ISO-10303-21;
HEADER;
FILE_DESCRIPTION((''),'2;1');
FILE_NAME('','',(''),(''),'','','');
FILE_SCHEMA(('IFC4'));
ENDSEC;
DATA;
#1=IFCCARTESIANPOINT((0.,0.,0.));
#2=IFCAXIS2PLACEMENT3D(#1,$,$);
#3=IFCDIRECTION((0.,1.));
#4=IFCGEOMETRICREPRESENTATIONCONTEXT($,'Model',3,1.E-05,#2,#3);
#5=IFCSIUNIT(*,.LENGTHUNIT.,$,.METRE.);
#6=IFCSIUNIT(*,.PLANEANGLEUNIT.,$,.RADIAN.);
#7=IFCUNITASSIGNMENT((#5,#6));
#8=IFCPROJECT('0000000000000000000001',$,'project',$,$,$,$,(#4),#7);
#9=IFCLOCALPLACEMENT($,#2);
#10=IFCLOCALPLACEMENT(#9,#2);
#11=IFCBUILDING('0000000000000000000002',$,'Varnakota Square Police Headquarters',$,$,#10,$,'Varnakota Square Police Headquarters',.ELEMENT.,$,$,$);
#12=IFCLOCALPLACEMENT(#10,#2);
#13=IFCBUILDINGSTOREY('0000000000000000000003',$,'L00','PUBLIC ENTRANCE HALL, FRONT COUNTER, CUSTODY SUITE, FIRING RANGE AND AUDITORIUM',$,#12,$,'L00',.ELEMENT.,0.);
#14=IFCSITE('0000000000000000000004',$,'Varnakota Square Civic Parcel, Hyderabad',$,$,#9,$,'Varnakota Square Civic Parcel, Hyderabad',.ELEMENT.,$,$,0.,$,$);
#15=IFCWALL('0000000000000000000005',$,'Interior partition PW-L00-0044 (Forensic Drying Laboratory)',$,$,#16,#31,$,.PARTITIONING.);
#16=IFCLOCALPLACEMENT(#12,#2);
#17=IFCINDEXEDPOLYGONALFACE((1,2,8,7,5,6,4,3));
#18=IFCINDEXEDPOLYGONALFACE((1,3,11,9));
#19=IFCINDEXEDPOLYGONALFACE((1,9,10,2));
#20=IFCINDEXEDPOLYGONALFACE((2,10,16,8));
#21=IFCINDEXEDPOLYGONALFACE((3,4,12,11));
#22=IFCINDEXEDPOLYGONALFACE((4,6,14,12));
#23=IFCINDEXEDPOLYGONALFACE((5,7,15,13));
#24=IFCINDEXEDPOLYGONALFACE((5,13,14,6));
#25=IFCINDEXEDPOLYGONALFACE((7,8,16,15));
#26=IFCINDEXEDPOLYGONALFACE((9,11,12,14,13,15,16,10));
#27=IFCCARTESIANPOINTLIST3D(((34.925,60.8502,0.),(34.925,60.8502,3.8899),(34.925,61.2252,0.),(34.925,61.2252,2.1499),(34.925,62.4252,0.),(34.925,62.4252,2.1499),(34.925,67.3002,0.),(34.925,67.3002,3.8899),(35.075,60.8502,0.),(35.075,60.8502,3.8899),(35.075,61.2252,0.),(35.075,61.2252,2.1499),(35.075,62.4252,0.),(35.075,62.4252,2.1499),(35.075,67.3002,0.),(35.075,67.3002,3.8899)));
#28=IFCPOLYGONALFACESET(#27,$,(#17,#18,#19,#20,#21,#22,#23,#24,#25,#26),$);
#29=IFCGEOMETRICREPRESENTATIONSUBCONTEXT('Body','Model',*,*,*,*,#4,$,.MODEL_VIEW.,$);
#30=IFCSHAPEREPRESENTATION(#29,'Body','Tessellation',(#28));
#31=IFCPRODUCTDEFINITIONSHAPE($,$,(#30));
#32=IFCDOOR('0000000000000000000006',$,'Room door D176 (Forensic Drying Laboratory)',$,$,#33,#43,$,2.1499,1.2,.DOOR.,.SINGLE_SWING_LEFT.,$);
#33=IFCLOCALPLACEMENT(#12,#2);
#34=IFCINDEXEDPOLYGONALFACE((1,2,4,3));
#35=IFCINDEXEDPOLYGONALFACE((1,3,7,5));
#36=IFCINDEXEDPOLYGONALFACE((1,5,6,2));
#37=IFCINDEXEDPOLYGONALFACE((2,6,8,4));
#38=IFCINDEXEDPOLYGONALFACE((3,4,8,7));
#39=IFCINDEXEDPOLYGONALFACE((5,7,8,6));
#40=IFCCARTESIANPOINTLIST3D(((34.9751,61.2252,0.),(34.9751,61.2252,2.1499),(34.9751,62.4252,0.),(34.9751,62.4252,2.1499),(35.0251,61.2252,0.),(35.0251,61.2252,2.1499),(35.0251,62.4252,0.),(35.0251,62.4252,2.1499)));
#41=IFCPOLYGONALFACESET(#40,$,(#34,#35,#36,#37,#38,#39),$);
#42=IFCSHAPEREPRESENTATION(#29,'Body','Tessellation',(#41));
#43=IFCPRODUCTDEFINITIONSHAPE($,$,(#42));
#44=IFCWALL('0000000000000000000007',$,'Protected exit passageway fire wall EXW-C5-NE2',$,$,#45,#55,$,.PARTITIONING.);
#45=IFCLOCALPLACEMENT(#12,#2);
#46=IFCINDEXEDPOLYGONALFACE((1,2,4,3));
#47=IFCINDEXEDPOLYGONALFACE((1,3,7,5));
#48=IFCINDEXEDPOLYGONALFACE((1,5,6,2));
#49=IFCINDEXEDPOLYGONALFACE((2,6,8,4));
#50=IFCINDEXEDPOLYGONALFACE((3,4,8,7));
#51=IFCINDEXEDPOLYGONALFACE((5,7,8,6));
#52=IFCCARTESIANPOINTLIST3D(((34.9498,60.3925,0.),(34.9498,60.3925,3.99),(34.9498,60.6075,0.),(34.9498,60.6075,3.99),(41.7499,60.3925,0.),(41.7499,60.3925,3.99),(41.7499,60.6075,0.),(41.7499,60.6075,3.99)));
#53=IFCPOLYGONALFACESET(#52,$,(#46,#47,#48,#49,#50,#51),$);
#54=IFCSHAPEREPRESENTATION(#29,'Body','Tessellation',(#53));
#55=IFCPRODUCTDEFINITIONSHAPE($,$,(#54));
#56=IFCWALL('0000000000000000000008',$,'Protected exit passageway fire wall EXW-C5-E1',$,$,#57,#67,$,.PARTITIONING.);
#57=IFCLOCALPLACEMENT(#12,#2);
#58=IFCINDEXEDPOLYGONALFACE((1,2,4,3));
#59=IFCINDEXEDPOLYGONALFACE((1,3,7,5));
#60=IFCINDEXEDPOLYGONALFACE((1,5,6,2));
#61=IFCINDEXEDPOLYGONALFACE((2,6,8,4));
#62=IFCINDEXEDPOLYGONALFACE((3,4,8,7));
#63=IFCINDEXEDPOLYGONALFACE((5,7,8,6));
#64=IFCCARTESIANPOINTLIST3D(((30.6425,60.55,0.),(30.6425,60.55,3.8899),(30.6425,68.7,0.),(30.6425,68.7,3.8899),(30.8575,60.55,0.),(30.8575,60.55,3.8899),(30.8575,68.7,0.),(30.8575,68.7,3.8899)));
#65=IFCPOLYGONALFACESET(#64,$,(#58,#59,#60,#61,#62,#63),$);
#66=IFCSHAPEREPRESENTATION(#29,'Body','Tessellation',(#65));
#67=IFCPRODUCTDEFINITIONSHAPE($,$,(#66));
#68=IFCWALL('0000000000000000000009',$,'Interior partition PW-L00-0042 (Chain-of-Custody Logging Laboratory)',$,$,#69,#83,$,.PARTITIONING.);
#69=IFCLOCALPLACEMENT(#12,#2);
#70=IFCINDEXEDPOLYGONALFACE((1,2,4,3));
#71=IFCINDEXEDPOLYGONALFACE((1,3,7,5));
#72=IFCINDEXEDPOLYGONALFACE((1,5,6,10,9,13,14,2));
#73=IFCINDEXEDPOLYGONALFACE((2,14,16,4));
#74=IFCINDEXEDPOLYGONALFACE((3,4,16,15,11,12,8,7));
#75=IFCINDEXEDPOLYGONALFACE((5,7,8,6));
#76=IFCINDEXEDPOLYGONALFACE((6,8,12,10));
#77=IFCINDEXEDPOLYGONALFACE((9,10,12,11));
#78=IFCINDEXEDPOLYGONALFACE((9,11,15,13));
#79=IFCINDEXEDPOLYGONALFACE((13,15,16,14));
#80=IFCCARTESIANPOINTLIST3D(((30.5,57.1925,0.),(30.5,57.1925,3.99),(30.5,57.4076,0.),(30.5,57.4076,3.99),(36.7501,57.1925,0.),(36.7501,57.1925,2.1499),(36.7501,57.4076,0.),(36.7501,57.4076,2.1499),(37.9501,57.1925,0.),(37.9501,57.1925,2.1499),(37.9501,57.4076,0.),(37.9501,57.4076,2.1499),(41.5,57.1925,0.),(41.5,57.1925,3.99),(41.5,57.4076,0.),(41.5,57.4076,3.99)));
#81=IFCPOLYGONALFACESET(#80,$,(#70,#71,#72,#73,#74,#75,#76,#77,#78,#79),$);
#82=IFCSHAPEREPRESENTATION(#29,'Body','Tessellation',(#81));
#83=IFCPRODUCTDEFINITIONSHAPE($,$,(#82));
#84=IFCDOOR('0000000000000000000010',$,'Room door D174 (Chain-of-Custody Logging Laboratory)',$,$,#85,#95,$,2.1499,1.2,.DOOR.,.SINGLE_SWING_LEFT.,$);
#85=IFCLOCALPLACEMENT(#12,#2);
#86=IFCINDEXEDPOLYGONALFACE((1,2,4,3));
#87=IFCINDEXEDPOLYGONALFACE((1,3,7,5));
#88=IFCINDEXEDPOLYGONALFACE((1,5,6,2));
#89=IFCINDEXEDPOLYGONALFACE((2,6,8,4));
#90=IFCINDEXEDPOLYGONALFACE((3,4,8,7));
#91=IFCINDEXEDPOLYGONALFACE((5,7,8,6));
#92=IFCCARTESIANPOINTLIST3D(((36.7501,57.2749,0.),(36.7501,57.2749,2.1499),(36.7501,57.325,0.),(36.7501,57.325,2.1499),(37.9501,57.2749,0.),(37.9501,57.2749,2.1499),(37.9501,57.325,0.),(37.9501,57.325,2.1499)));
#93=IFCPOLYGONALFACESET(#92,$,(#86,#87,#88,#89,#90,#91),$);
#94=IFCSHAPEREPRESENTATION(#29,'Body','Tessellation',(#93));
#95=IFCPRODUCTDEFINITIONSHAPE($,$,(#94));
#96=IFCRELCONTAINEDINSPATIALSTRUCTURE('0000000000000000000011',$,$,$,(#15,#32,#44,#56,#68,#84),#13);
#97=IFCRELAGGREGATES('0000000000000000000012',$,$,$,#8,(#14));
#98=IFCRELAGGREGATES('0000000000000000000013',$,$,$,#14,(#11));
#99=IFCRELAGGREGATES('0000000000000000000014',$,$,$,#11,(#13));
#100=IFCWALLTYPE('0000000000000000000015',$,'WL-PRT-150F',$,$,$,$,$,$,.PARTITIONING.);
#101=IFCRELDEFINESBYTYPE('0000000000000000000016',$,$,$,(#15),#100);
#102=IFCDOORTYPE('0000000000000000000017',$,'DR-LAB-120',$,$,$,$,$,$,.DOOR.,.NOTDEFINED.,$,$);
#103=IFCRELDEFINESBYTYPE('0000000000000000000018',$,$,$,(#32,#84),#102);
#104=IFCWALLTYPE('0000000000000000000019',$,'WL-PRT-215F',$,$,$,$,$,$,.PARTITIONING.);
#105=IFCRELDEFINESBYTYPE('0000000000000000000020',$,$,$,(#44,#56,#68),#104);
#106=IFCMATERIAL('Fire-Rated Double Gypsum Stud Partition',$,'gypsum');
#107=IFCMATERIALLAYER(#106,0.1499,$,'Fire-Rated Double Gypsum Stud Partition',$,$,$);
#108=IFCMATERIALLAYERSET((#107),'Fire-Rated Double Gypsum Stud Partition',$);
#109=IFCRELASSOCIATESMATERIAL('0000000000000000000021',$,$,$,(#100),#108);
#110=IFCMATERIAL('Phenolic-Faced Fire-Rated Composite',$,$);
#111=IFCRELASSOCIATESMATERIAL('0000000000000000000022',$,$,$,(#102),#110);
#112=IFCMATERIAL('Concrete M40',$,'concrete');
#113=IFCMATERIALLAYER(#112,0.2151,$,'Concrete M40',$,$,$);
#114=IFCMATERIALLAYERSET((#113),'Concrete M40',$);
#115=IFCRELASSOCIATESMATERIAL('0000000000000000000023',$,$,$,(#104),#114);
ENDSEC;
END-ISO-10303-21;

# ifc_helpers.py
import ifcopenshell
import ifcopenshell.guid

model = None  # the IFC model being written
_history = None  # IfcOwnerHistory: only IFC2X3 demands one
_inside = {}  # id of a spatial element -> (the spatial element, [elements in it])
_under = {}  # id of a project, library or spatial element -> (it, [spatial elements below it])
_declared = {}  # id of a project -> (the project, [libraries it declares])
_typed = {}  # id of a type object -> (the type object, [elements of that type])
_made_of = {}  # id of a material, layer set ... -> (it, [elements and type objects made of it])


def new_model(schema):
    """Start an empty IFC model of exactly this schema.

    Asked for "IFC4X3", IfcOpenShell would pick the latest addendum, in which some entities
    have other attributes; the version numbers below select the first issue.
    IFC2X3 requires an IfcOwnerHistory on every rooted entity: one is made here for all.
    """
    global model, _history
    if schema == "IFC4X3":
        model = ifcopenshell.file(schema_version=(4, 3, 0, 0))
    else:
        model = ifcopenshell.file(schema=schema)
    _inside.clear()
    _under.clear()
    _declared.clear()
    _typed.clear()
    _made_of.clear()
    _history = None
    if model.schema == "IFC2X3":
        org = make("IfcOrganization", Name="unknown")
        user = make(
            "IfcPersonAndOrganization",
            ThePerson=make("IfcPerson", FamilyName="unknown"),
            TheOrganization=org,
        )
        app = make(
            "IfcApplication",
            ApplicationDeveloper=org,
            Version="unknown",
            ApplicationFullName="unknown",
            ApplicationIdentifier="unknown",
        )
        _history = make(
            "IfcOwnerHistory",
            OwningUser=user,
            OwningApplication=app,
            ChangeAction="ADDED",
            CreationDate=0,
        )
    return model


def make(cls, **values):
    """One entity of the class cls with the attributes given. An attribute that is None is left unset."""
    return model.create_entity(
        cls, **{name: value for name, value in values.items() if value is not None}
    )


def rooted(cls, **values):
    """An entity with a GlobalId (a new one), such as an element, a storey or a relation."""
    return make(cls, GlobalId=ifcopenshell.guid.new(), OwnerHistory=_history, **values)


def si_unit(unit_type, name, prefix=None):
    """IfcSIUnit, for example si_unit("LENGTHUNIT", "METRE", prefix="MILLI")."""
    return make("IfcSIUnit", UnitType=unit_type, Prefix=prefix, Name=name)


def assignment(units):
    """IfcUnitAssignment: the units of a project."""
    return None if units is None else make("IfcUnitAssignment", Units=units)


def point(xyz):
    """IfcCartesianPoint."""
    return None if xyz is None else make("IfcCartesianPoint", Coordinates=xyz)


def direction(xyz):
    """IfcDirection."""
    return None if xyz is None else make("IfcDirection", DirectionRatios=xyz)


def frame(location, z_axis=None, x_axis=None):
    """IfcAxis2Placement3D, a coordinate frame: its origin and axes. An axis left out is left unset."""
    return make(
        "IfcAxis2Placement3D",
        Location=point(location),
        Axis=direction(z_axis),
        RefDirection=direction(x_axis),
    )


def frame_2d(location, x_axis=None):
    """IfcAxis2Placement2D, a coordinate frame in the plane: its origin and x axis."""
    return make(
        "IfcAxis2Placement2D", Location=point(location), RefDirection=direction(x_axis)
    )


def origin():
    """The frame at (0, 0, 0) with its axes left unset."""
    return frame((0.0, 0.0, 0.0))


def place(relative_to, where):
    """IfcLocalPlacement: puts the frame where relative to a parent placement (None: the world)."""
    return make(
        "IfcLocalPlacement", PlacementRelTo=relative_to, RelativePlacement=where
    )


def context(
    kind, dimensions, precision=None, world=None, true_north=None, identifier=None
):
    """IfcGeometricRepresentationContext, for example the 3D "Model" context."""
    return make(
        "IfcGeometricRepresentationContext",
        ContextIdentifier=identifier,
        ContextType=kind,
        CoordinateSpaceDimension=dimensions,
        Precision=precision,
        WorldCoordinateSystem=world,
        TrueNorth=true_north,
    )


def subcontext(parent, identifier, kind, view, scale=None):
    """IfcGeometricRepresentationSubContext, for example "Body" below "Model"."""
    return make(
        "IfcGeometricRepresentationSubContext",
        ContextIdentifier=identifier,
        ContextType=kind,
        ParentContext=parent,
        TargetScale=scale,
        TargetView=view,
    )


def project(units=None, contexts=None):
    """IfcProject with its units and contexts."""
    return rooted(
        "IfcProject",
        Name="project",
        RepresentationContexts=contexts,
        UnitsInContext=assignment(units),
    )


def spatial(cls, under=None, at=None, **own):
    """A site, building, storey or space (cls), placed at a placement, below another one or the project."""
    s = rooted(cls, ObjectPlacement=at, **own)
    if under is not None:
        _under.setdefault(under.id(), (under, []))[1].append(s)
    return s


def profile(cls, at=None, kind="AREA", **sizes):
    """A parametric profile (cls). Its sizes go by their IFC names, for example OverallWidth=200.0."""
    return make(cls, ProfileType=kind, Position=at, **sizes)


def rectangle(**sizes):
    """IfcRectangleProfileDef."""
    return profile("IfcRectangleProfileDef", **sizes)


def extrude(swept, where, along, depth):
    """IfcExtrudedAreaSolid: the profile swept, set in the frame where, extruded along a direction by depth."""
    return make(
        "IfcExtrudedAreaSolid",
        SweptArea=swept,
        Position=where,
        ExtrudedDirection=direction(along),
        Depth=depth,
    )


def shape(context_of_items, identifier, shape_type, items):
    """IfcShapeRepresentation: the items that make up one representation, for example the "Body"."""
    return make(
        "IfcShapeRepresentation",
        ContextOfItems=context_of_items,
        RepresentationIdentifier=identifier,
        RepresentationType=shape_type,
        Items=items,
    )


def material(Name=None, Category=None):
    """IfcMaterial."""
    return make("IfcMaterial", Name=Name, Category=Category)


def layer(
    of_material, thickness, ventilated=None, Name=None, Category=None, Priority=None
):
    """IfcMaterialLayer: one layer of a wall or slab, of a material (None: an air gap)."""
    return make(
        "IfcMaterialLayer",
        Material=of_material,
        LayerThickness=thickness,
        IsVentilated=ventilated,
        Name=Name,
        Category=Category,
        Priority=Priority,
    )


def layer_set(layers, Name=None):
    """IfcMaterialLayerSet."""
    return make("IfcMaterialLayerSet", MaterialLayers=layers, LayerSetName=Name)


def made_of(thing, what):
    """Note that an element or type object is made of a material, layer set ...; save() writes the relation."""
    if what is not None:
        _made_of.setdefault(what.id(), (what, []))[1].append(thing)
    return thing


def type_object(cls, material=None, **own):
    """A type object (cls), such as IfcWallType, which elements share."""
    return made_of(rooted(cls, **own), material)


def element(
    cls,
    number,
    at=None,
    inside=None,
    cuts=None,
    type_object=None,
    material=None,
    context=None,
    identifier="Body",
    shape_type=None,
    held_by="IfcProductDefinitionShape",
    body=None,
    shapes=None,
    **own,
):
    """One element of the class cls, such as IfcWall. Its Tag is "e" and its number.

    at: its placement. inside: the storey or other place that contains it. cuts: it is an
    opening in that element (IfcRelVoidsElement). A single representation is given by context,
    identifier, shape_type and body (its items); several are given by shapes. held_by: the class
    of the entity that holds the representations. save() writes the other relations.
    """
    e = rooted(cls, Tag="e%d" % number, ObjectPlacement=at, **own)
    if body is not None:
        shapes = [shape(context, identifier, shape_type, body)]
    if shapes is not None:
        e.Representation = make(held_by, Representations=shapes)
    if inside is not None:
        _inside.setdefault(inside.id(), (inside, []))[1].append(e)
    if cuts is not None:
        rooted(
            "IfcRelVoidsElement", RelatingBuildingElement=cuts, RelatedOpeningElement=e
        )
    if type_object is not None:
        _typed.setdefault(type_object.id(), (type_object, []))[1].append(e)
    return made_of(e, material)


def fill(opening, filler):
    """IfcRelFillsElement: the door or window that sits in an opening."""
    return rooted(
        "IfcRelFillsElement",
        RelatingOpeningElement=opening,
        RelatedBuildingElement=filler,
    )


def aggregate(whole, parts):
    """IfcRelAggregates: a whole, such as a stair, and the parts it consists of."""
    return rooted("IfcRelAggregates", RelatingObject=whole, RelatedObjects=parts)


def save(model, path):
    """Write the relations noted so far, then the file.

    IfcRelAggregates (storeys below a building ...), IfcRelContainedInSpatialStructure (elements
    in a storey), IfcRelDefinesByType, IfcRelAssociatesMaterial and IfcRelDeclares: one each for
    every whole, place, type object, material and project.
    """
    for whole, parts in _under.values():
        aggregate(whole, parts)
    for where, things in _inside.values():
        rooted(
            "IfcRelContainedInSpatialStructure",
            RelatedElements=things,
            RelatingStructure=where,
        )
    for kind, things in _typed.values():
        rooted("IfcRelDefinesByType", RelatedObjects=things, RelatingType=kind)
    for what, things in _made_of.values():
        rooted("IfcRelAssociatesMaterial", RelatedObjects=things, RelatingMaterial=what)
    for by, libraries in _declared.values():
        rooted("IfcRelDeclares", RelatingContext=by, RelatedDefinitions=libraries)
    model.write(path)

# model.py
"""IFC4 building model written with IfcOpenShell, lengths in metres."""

from ifc_helpers import new_model, si_unit, direction, frame, frame_2d, origin, place, context, subcontext, project, spatial, rectangle, extrude, material, layer, layer_set, type_object, element, fill, save


model = new_model("IFC4")

# Units and contexts
model_context = context("Model", 3, precision=1e-05, world=origin(), true_north=direction((0.0, 1.0)))
body_context = subcontext(model_context, "Body", "Model", "MODEL_VIEW")
ifc_project = project(units=[si_unit("LENGTHUNIT", "METRE"), si_unit("PLANEANGLEUNIT", "RADIAN")], contexts=[model_context])

# Site, building, storey
site_placement = place(None, origin())
site = spatial("IfcSite", under=ifc_project, at=site_placement, Name="Varnakota Square Civic Parcel, Hyderabad", LongName="Varnakota Square Civic Parcel, Hyderabad", CompositionType="ELEMENT", RefElevation=0.0)
building_placement = place(site_placement, origin())
building = spatial("IfcBuilding", under=site, at=building_placement, Name="Varnakota Square Police Headquarters", LongName="Varnakota Square Police Headquarters", CompositionType="ELEMENT")
storey_placement = place(building_placement, origin())
storey = spatial("IfcBuildingStorey", under=building, at=storey_placement, Name="L00", Description="PUBLIC ENTRANCE HALL, FRONT COUNTER, CUSTODY SUITE, FIRING RANGE AND AUDITORIUM", LongName="L00", CompositionType="ELEMENT", Elevation=0.0)

# Shared definitions
ifc_material_1 = material(Name="Concrete M40", Category="concrete")

# Wall, opening, door
ifc_material_2 = material(Name="Fire-Rated Double Gypsum Stud Partition", Category="gypsum")
ifc_layer_1 = layer(ifc_material_2, 0.1499, Name="Fire-Rated Double Gypsum Stud Partition")
ifc_layer_set_1 = layer_set([ifc_layer_1], Name="Fire-Rated Double Gypsum Stud Partition")
wall_type_1 = type_object("IfcWallType", Name="WL-PRT-150F", PredefinedType="PARTITIONING", material=ifc_layer_set_1)
wall_1_placement = place(storey_placement, frame((35.0, 60.8501, 0.0), z_axis=(0.0, 0.0, 1.0), x_axis=(0.0, 1.0, 0.0)))
wall_1 = element("IfcWall", 1, at=wall_1_placement, inside=storey, type_object=wall_type_1, Name="Interior partition PW-L00-0044 (Forensic Drying Laboratory)", PredefinedType="PARTITIONING", context=body_context, shape_type="SweptSolid", body=[
    extrude(rectangle(XDim=6.45, YDim=0.1499, at=frame_2d((3.2251, 0.0))), origin(), (0.0, 0.0, 1.0), 3.8899),
])
opening_1_placement = place(wall_1_placement, frame((0.375, 0.0, 0.0)))
opening_1 = element("IfcOpeningElement", 2, at=opening_1_placement, cuts=wall_1, PredefinedType="OPENING", context=body_context, shape_type="SweptSolid", body=[
    extrude(rectangle(XDim=1.2, YDim=2.1499, at=frame_2d((0.6001, 1.075))), frame((0.0, 0.085, 0.0), z_axis=(0.0, -1.0, 0.0), x_axis=(1.0, 0.0, 0.0)), (0.0, 0.0, 1.0), 0.1699),
])
ifc_material_3 = material(Name="Phenolic-Faced Fire-Rated Composite")
door_type_1 = type_object("IfcDoorType", Name="DR-LAB-120", OperationType="NOTDEFINED", PredefinedType="DOOR", material=ifc_material_3)
door_1_placement = place(opening_1_placement, origin())
door_1 = element("IfcDoor", 3, at=door_1_placement, inside=storey, type_object=door_type_1, Name="Room door D176 (Forensic Drying Laboratory)", OperationType="SINGLE_SWING_LEFT", OverallHeight=2.1499, OverallWidth=1.2, PredefinedType="DOOR", context=body_context, shape_type="SweptSolid", body=[
    extrude(rectangle(XDim=1.2, YDim=2.1499, at=frame_2d((0.6001, 1.075))), frame((0.0, 0.0249, 0.0), z_axis=(0.0, -1.0, 0.0), x_axis=(1.0, 0.0, 0.0)), (0.0, 0.0, 1.0), 0.05),
])
fill(opening_1, door_1)
ifc_layer_2 = layer(ifc_material_1, 0.2151, Name="Concrete M40")
ifc_layer_set_2 = layer_set([ifc_layer_2], Name="Concrete M40")
wall_type_2 = type_object("IfcWallType", Name="WL-PRT-215F", PredefinedType="PARTITIONING", material=ifc_layer_set_2)

# Walls
wall_2_placement = place(storey_placement, frame((34.95, 60.5, 0.0), z_axis=(0.0, 0.0, 1.0), x_axis=(1.0, 0.0, 0.0)))
element("IfcWall", 4, at=wall_2_placement, inside=storey, type_object=wall_type_2, Name="Protected exit passageway fire wall EXW-C5-NE2", PredefinedType="PARTITIONING", context=body_context, shape_type="SweptSolid", body=[
    extrude(rectangle(XDim=6.8, YDim=0.2151, at=frame_2d((3.3999, 0.0))), origin(), (0.0, 0.0, 1.0), 3.99),
])
wall_3_placement = place(storey_placement, frame((30.75, 60.55, 0.0), z_axis=(0.0, 0.0, 1.0), x_axis=(0.0, 1.0, 0.0)))
element("IfcWall", 5, at=wall_3_placement, inside=storey, type_object=wall_type_2, Name="Protected exit passageway fire wall EXW-C5-E1", PredefinedType="PARTITIONING", context=body_context, shape_type="SweptSolid", body=[
    extrude(rectangle(XDim=8.1499, YDim=0.2151, at=frame_2d((4.075, 0.0))), origin(), (0.0, 0.0, 1.0), 3.8899),
])

# Wall, opening, door
wall_4_placement = place(storey_placement, frame((30.5, 57.3, 0.0), z_axis=(0.0, 0.0, 1.0), x_axis=(1.0, 0.0, 0.0)))
wall_4 = element("IfcWall", 6, at=wall_4_placement, inside=storey, type_object=wall_type_2, Name="Interior partition PW-L00-0042 (Chain-of-Custody Logging Laboratory)", PredefinedType="PARTITIONING", context=body_context, shape_type="SweptSolid", body=[
    extrude(rectangle(XDim=11.0, YDim=0.2151, at=frame_2d((5.5, 0.0))), origin(), (0.0, 0.0, 1.0), 3.99),
])
opening_2_placement = place(wall_4_placement, frame((6.25, 0.0, 0.0)))
opening_2 = element("IfcOpeningElement", 7, at=opening_2_placement, cuts=wall_4, PredefinedType="OPENING", context=body_context, shape_type="SweptSolid", body=[
    extrude(rectangle(XDim=1.2, YDim=2.1499, at=frame_2d((0.6001, 1.075))), frame((0.0, 0.1174, 0.0), z_axis=(0.0, -1.0, 0.0), x_axis=(1.0, 0.0, 0.0)), (0.0, 0.0, 1.0), 0.2351),
])
door_2_placement = place(opening_2_placement, origin())
door_2 = element("IfcDoor", 8, at=door_2_placement, inside=storey, type_object=door_type_1, Name="Room door D174 (Chain-of-Custody Logging Laboratory)", OperationType="SINGLE_SWING_LEFT", OverallHeight=2.1499, OverallWidth=1.2, PredefinedType="DOOR", context=body_context, shape_type="SweptSolid", body=[
    extrude(rectangle(XDim=1.2, YDim=2.1499, at=frame_2d((0.6001, 1.075))), frame((0.0, 0.0249, 0.0), z_axis=(0.0, -1.0, 0.0), x_axis=(1.0, 0.0, 0.0)), (0.0, 0.0, 1.0), 0.05),
])
fill(opening_2, door_2)

save(model, "model.ifc")
